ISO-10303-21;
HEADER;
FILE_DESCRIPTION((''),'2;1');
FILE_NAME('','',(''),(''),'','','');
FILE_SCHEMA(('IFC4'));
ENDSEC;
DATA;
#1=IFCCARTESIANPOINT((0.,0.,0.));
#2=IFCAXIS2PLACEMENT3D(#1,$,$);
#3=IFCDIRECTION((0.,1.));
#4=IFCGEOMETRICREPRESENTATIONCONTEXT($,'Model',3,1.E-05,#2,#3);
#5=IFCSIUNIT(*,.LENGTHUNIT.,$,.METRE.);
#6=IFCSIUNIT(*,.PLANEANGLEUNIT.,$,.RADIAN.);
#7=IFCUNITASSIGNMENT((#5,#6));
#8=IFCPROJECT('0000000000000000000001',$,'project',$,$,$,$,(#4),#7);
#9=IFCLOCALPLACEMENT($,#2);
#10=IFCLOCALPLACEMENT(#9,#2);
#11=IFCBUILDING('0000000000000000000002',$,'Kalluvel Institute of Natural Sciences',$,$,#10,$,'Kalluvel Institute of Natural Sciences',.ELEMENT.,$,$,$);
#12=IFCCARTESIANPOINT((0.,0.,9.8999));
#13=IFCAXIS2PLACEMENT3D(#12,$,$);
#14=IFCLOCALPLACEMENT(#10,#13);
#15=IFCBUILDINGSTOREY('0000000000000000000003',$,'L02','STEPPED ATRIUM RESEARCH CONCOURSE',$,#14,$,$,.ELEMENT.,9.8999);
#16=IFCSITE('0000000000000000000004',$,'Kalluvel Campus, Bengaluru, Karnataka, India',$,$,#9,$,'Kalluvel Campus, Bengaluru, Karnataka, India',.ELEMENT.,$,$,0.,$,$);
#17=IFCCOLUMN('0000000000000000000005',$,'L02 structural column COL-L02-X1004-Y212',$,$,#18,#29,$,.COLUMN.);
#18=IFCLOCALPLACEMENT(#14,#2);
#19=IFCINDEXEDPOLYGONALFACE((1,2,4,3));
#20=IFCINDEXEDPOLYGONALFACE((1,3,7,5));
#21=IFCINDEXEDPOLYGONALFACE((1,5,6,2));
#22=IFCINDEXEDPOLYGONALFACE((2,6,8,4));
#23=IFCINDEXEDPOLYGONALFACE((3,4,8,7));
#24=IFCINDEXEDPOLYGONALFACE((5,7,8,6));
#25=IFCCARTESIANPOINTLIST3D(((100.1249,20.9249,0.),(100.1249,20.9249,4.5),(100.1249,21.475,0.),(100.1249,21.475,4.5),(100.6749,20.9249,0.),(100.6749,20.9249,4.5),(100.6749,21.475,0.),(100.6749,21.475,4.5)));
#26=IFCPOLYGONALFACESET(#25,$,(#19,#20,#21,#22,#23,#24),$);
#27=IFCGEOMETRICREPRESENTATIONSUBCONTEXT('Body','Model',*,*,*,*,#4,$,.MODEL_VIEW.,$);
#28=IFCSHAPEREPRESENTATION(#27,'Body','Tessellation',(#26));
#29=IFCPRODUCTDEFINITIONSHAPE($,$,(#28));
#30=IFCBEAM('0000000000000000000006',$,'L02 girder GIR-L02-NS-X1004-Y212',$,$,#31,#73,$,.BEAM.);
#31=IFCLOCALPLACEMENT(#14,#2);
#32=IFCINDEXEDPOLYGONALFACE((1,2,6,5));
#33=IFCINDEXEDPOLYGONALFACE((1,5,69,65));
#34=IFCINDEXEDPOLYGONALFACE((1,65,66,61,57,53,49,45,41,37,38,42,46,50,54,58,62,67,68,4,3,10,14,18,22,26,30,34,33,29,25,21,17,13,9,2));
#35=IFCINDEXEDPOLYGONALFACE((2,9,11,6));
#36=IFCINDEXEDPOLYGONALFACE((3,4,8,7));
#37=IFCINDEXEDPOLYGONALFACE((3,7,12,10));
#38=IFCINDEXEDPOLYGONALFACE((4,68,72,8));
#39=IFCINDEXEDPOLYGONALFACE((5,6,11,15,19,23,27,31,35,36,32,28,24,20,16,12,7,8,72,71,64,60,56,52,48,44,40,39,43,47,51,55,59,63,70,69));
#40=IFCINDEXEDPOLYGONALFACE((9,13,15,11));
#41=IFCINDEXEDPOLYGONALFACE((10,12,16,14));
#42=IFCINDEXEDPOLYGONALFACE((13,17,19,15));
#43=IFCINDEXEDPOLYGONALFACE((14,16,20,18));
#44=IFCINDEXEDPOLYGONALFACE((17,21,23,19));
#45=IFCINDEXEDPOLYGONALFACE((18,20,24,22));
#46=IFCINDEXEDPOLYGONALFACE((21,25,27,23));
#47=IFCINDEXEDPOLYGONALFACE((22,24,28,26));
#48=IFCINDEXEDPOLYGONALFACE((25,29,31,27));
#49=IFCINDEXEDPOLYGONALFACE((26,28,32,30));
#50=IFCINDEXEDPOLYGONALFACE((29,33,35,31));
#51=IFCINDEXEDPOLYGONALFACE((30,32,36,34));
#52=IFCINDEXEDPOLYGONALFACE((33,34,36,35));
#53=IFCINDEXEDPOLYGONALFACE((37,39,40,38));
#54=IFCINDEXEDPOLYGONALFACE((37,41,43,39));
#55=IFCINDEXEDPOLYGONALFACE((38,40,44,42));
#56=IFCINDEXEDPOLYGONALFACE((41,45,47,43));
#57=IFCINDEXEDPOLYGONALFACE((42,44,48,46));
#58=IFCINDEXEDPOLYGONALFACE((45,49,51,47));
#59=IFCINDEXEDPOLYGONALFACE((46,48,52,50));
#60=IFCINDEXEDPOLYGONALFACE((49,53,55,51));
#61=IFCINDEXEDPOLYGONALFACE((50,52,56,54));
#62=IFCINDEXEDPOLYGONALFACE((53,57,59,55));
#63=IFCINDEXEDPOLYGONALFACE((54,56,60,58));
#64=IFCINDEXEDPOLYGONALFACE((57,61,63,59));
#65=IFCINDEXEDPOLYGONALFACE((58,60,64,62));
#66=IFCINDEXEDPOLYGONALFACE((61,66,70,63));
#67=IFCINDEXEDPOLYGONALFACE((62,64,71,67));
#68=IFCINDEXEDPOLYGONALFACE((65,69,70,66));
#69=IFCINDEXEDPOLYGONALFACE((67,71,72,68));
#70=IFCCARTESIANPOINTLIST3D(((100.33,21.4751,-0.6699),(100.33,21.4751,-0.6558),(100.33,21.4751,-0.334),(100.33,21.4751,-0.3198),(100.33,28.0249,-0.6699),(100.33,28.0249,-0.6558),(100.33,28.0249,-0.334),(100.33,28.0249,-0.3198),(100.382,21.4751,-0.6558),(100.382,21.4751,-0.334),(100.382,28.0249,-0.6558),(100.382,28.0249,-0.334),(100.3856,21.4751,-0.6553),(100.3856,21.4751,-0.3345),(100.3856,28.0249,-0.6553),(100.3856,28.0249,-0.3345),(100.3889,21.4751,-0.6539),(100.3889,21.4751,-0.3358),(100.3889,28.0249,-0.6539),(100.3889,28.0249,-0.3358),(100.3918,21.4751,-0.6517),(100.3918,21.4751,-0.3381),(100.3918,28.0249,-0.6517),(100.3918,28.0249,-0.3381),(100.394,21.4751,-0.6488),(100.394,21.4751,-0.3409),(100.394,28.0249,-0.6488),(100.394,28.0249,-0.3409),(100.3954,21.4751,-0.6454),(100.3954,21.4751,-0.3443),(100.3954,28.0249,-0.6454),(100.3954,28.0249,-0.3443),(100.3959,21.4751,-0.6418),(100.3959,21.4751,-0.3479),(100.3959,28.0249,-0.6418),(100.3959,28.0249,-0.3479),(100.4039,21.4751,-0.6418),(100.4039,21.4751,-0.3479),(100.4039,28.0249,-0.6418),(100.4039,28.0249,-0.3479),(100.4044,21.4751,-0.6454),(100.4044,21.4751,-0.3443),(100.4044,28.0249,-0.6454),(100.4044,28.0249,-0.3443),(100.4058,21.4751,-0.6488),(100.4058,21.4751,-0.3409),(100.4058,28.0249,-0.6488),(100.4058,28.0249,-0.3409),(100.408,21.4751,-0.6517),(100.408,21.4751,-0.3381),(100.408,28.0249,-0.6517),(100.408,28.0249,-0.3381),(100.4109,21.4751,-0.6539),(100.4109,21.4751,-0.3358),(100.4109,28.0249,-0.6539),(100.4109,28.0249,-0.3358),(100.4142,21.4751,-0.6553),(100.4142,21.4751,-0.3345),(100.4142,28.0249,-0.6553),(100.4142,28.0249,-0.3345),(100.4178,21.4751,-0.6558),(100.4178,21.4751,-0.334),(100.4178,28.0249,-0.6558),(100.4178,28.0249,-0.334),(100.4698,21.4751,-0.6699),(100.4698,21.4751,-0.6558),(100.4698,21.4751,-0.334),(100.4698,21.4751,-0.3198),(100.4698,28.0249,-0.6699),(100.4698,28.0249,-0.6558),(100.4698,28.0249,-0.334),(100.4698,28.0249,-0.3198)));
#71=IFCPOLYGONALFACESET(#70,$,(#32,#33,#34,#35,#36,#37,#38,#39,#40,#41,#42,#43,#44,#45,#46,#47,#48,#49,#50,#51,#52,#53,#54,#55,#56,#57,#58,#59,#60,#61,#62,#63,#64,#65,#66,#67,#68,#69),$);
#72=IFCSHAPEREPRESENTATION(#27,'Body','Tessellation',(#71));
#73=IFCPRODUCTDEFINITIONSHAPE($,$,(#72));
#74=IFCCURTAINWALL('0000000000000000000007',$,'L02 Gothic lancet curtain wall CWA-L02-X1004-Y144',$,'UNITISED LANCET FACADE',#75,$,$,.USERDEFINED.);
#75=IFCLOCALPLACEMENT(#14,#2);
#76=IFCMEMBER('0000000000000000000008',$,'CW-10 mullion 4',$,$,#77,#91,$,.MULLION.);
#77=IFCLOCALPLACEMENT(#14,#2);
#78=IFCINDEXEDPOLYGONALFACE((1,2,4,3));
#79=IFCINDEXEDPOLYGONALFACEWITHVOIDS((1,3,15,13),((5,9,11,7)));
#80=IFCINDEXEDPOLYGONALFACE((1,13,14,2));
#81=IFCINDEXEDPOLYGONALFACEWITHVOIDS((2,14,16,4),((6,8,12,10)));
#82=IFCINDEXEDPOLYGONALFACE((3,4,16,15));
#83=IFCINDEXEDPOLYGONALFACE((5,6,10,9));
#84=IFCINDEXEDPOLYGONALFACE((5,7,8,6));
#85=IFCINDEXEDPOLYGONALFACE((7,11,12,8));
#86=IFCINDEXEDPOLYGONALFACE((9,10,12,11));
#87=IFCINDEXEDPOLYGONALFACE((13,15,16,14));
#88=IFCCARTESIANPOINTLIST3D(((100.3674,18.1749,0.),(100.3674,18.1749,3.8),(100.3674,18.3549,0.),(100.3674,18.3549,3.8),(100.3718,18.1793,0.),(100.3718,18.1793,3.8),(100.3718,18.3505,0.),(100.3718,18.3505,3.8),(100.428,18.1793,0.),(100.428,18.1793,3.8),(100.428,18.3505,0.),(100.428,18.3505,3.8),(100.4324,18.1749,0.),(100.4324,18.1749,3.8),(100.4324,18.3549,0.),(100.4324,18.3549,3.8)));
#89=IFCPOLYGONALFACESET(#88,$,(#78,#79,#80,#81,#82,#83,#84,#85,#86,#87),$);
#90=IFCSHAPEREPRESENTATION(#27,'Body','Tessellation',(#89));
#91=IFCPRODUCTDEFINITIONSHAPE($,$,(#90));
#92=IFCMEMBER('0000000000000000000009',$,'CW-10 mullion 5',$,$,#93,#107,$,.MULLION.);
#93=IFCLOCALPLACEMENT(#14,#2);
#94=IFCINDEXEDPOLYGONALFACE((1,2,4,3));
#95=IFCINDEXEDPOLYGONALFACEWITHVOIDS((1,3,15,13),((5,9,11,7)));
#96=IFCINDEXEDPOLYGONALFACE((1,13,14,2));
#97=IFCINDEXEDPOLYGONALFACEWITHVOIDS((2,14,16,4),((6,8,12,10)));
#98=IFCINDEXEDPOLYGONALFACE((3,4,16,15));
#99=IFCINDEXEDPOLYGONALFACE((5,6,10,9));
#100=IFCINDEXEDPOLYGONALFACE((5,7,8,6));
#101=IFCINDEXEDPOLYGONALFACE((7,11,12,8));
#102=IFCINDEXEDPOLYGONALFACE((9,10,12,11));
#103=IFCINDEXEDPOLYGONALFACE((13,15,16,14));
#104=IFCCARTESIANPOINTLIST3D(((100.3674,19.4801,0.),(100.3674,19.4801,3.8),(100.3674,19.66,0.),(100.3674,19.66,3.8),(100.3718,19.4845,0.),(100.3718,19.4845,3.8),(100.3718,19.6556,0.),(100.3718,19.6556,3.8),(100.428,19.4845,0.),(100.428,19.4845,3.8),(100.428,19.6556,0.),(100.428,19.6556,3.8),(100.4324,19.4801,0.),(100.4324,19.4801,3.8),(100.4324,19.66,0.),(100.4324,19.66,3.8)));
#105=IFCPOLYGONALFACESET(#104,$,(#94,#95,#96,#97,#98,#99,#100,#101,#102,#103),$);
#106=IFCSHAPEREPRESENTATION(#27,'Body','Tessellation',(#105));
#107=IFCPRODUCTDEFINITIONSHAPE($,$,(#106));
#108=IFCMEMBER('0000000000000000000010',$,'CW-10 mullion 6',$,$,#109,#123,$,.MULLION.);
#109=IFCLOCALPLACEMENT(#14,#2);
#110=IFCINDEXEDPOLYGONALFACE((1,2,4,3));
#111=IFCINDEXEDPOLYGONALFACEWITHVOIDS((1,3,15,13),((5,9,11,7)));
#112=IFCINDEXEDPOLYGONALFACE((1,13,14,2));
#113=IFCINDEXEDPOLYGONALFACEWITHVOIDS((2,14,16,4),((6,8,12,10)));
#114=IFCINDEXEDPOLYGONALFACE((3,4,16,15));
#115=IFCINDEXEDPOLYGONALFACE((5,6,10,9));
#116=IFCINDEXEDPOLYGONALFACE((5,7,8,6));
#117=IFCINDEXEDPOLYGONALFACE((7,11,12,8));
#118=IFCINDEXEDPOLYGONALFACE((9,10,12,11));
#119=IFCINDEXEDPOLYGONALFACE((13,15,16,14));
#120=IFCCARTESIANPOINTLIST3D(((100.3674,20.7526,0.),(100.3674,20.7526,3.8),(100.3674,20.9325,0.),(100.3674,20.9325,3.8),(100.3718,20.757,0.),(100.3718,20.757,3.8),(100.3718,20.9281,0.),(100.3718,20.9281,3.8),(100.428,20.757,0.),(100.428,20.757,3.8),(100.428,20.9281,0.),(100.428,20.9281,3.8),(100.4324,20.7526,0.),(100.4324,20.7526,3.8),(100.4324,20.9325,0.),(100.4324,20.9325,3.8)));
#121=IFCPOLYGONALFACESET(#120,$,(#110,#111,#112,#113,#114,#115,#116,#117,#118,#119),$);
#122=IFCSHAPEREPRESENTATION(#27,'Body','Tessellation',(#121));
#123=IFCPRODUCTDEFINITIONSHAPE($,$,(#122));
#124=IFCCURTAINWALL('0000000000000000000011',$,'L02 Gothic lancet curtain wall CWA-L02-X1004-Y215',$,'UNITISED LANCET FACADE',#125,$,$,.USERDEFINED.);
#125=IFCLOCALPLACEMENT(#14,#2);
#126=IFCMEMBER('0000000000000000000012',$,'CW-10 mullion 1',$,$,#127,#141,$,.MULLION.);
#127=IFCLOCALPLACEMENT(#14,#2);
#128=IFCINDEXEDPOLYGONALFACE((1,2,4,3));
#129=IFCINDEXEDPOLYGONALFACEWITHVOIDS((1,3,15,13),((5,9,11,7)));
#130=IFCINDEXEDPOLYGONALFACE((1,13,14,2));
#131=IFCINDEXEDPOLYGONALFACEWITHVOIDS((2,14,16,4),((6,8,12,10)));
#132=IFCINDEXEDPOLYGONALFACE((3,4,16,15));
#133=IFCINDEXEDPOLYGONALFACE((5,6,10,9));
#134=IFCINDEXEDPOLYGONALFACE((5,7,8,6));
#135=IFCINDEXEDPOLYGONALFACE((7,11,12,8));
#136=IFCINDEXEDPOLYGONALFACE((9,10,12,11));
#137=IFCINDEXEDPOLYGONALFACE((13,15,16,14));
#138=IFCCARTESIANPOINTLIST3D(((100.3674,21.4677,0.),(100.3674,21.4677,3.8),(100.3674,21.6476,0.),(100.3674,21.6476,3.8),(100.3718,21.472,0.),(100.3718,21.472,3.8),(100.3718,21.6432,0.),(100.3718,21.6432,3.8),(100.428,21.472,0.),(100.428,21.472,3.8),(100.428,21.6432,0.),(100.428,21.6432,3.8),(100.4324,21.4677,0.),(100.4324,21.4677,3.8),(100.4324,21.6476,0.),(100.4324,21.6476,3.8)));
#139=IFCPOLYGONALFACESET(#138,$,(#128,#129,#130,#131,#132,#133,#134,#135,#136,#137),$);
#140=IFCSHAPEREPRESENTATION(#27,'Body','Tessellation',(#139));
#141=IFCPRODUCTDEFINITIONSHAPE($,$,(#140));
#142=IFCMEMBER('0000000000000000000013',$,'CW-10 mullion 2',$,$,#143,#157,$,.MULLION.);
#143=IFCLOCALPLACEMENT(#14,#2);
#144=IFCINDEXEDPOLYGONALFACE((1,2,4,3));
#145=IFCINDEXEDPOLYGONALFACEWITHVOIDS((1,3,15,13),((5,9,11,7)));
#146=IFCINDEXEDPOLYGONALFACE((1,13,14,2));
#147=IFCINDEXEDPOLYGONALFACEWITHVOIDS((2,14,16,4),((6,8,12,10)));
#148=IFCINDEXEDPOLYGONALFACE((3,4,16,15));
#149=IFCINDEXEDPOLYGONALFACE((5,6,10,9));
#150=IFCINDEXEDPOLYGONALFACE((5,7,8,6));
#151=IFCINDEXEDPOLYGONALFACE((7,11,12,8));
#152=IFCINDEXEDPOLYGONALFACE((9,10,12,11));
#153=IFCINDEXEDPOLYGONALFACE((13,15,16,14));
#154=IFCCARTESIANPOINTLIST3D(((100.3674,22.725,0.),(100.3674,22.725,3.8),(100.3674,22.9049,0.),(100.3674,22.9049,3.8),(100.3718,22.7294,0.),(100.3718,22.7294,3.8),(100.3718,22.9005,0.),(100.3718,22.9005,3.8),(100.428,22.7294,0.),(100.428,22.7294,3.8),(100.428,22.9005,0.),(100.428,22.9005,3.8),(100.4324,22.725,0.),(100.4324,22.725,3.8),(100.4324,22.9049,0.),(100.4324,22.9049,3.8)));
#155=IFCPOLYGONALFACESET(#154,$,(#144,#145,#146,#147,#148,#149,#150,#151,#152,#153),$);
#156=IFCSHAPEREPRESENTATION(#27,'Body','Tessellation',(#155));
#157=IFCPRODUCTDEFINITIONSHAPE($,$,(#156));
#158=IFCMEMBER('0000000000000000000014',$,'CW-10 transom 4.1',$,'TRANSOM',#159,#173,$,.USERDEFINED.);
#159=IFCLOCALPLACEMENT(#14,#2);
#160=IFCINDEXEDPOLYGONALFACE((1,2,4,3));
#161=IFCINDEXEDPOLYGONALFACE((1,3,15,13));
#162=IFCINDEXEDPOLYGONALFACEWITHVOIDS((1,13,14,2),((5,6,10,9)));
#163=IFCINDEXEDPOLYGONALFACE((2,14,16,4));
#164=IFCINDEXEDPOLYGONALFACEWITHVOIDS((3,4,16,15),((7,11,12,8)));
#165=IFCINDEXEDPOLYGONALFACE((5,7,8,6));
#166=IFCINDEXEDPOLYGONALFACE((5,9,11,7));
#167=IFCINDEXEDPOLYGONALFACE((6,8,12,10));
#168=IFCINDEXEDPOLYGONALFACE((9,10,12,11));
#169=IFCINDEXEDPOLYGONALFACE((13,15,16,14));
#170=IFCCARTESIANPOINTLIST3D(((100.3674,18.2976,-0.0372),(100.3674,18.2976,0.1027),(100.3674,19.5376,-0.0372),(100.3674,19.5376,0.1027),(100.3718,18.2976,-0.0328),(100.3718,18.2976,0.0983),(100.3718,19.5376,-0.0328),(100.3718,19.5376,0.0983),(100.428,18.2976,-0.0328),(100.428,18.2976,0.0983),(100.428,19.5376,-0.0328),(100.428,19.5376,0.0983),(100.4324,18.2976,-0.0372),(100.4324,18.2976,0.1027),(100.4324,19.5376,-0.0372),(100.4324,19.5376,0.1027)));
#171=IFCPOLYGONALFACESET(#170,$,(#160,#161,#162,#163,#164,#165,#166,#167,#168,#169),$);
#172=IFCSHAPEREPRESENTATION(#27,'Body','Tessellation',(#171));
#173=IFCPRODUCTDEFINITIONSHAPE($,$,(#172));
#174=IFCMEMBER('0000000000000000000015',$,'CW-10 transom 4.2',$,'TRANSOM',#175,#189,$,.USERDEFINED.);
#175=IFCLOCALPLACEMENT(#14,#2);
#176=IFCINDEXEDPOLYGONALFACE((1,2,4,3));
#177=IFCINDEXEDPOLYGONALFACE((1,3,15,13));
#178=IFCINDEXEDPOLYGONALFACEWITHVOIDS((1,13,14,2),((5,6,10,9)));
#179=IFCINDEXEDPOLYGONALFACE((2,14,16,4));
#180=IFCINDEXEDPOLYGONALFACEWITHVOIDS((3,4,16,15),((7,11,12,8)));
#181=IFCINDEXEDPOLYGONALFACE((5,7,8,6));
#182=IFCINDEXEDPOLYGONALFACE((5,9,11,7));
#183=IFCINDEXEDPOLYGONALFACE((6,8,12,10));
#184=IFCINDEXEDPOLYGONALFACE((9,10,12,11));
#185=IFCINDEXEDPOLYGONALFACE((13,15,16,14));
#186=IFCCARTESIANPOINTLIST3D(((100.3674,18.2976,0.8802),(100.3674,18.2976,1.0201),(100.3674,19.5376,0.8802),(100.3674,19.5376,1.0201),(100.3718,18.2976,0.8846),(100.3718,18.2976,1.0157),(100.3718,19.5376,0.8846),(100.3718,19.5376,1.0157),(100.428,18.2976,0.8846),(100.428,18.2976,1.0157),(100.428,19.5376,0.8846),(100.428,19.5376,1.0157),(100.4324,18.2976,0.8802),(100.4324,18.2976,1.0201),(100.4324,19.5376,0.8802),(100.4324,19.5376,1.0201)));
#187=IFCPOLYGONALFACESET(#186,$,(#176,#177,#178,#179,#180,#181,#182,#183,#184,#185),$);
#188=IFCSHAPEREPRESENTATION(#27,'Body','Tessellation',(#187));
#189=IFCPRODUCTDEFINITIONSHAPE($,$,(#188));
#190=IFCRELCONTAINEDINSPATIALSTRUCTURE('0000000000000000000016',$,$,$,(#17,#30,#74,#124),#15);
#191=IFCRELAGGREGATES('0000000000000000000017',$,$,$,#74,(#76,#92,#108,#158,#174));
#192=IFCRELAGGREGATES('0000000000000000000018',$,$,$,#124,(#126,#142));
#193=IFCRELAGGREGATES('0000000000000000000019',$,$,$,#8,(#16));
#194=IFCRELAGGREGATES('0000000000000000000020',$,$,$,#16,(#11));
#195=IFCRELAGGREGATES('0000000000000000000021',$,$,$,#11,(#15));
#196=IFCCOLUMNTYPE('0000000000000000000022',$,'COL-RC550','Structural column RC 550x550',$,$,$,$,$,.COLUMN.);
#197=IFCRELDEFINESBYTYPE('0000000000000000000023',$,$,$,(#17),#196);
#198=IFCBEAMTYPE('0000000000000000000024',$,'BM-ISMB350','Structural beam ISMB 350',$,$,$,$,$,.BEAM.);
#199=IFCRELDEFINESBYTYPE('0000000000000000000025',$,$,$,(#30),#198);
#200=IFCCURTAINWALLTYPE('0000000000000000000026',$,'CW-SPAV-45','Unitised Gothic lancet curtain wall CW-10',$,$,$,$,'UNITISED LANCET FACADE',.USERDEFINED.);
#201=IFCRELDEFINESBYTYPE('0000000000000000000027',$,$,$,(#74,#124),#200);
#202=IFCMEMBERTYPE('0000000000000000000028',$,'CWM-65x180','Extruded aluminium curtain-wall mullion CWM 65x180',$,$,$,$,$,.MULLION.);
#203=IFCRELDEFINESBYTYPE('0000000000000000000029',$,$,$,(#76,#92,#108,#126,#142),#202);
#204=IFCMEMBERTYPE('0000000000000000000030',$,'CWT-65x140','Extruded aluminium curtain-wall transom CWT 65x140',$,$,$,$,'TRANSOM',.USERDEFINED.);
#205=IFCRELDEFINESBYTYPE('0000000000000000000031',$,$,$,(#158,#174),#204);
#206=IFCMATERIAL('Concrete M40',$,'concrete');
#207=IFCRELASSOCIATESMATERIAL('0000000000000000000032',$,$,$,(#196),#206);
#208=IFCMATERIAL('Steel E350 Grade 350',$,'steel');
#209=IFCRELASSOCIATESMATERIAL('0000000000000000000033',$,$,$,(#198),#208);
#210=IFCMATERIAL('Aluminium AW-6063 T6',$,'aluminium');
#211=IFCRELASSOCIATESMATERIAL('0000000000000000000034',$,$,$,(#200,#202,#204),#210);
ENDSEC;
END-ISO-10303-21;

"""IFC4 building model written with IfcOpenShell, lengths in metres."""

from ifc_helpers import new_model, si_unit, direction, frame, origin, origin_2d, place, context, subcontext, project, spatial, rectangle, hollow_rectangle, i_section, extrude, material, material_profile, profile_set, type_object, element, aggregate, save


model = new_model("IFC4")

# Units and contexts
model_context = context("Model", 3, precision=1e-05, world=origin(), true_north=direction((0.0, 1.0)))
body_context = subcontext(model_context, "Body", "Model", "MODEL_VIEW")
ifc_project = project(units=[si_unit("LENGTHUNIT", "METRE"), si_unit("PLANEANGLEUNIT", "RADIAN")], contexts=[model_context])

# Site, building, storey
site_placement = place(None, origin())
site = spatial("IfcSite", under=ifc_project, at=site_placement, Name="Kalluvel Campus, Bengaluru, Karnataka, India", LongName="Kalluvel Campus, Bengaluru, Karnataka, India", CompositionType="ELEMENT", RefElevation=0.0)
building_placement = place(site_placement, origin())
building = spatial("IfcBuilding", under=site, at=building_placement, Name="Kalluvel Institute of Natural Sciences", LongName="Kalluvel Institute of Natural Sciences", CompositionType="ELEMENT")
storey_placement = place(building_placement, frame((0.0, 0.0, 9.8999)))
storey = spatial("IfcBuildingStorey", under=building, at=storey_placement, Name="L02", Description="STEPPED ATRIUM RESEARCH CONCOURSE", CompositionType="ELEMENT", Elevation=9.8999)

# Column
ifc_material_1 = material(Name="Concrete M40", Category="concrete")
ifc_material_profile_1 = material_profile(ifc_material_1, rectangle(XDim=0.55, YDim=0.55, at=origin_2d()), Name="RC 550x550")
ifc_profile_set_1 = profile_set([ifc_material_profile_1], Name="Concrete M40")
column_type = type_object("IfcColumnType", Name="COL-RC550", Description="Structural column RC 550x550", PredefinedType="COLUMN", material=ifc_profile_set_1)
column_placement = place(storey_placement, frame((100.3999, 21.2, 0.0), z_axis=(0.0, 0.0, 1.0), x_axis=(1.0, 0.0, 0.0)))
element("IfcColumn", 1, at=column_placement, inside=storey, type_object=column_type, Name="L02 structural column COL-L02-X1004-Y212", PredefinedType="COLUMN", context=body_context, shape_type="SweptSolid", body=[
    extrude(rectangle(XDim=0.55, YDim=0.55, at=origin_2d()), origin(), (0.0, 0.0, 1.0), 4.5),
])

# Beam
ifc_material_2 = material(Name="Steel E350 Grade 350", Category="steel")
ifc_material_profile_2 = material_profile(ifc_material_2, i_section(OverallWidth=0.1399, OverallDepth=0.3501, WebThickness=0.0081, FlangeThickness=0.0142, FilletRadius=0.0139, at=origin_2d()), Name="ISMB 350")
ifc_profile_set_2 = profile_set([ifc_material_profile_2], Name="Steel E350 Grade 350")
beam_type = type_object("IfcBeamType", Name="BM-ISMB350", Description="Structural beam ISMB 350", PredefinedType="BEAM", material=ifc_profile_set_2)
beam_placement = place(storey_placement, frame((100.3999, 21.4751, -0.4949), z_axis=(0.0, 1.0, 0.0), x_axis=(-1.0, 0.0, 0.0)))
element("IfcBeam", 2, at=beam_placement, inside=storey, type_object=beam_type, Name="L02 girder GIR-L02-NS-X1004-Y212", PredefinedType="BEAM", context=body_context, shape_type="SweptSolid", body=[
    extrude(i_section(OverallWidth=0.1399, OverallDepth=0.3501, WebThickness=0.0081, FlangeThickness=0.0142, FilletRadius=0.0139, at=origin_2d()), origin(), (0.0, 0.0, 1.0), 6.5498),
])

# Curtain walls, members
ifc_material_3 = material(Name="Aluminium AW-6063 T6", Category="aluminium")
curtain_wall_type = type_object("IfcCurtainWallType", Name="CW-SPAV-45", Description="Unitised Gothic lancet curtain wall CW-10", ElementType="UNITISED LANCET FACADE", PredefinedType="USERDEFINED", material=ifc_material_3)
curtain_wall_1_placement = place(storey_placement, origin())
curtain_wall_1 = element("IfcCurtainWall", 3, at=curtain_wall_1_placement, inside=storey, type_object=curtain_wall_type, Name="L02 Gothic lancet curtain wall CWA-L02-X1004-Y144", ObjectType="UNITISED LANCET FACADE", PredefinedType="USERDEFINED")
ifc_material_profile_3 = material_profile(ifc_material_3, hollow_rectangle(XDim=0.0649, YDim=0.1799, WallThickness=0.0044, at=origin_2d()), Name="CWM 65x180")
ifc_profile_set_3 = profile_set([ifc_material_profile_3], Name="Aluminium AW-6063 T6")
member_type_1 = type_object("IfcMemberType", Name="CWM-65x180", Description="Extruded aluminium curtain-wall mullion CWM 65x180", PredefinedType="MULLION", material=ifc_profile_set_3)
member_1_placement = place(storey_placement, frame((100.3999, 18.2649, 0.0), z_axis=(0.0, 0.0, 1.0), x_axis=(-1.0, 0.0, 0.0)))
member_1 = element("IfcMember", 4, at=member_1_placement, type_object=member_type_1, Name="CW-10 mullion 4", PredefinedType="MULLION", context=body_context, shape_type="SweptSolid", body=[
    extrude(hollow_rectangle(XDim=0.0649, YDim=0.1799, WallThickness=0.0044, at=origin_2d()), origin(), (0.0, 0.0, 1.0), 3.8),
])
member_2_placement = place(storey_placement, frame((100.3999, 19.5701, 0.0), z_axis=(0.0, 0.0, 1.0), x_axis=(-1.0, 0.0, 0.0)))
member_2 = element("IfcMember", 5, at=member_2_placement, type_object=member_type_1, Name="CW-10 mullion 5", PredefinedType="MULLION", context=body_context, shape_type="SweptSolid", body=[
    extrude(hollow_rectangle(XDim=0.0649, YDim=0.1799, WallThickness=0.0044, at=origin_2d()), origin(), (0.0, 0.0, 1.0), 3.8),
])
member_3_placement = place(storey_placement, frame((100.3999, 20.8425, 0.0), z_axis=(0.0, 0.0, 1.0), x_axis=(-1.0, 0.0, 0.0)))
member_3 = element("IfcMember", 6, at=member_3_placement, type_object=member_type_1, Name="CW-10 mullion 6", PredefinedType="MULLION", context=body_context, shape_type="SweptSolid", body=[
    extrude(hollow_rectangle(XDim=0.0649, YDim=0.1799, WallThickness=0.0044, at=origin_2d()), origin(), (0.0, 0.0, 1.0), 3.8),
])
curtain_wall_2_placement = place(storey_placement, origin())
curtain_wall_2 = element("IfcCurtainWall", 7, at=curtain_wall_2_placement, inside=storey, type_object=curtain_wall_type, Name="L02 Gothic lancet curtain wall CWA-L02-X1004-Y215", ObjectType="UNITISED LANCET FACADE", PredefinedType="USERDEFINED")
member_4_placement = place(storey_placement, frame((100.3999, 21.5576, 0.0), z_axis=(0.0, 0.0, 1.0), x_axis=(-1.0, 0.0, 0.0)))
member_4 = element("IfcMember", 8, at=member_4_placement, type_object=member_type_1, Name="CW-10 mullion 1", PredefinedType="MULLION", context=body_context, shape_type="SweptSolid", body=[
    extrude(hollow_rectangle(XDim=0.0649, YDim=0.1799, WallThickness=0.0044, at=origin_2d()), origin(), (0.0, 0.0, 1.0), 3.8),
])
member_5_placement = place(storey_placement, frame((100.3999, 22.8149, 0.0), z_axis=(0.0, 0.0, 1.0), x_axis=(-1.0, 0.0, 0.0)))
member_5 = element("IfcMember", 9, at=member_5_placement, type_object=member_type_1, Name="CW-10 mullion 2", PredefinedType="MULLION", context=body_context, shape_type="SweptSolid", body=[
    extrude(hollow_rectangle(XDim=0.0649, YDim=0.1799, WallThickness=0.0044, at=origin_2d()), origin(), (0.0, 0.0, 1.0), 3.8),
])

# Members
ifc_material_profile_4 = material_profile(ifc_material_3, hollow_rectangle(XDim=0.0649, YDim=0.1399, WallThickness=0.0044, at=origin_2d()), Name="CWT 65x140")
ifc_profile_set_4 = profile_set([ifc_material_profile_4], Name="Aluminium AW-6063 T6")
member_type_2 = type_object("IfcMemberType", Name="CWT-65x140", Description="Extruded aluminium curtain-wall transom CWT 65x140", ElementType="TRANSOM", PredefinedType="USERDEFINED", material=ifc_profile_set_4)
member_6_placement = place(storey_placement, frame((100.3999, 18.2976, 0.0327), z_axis=(0.0, 1.0, 0.0), x_axis=(-1.0, 0.0, 0.0)))
member_6 = element("IfcMember", 10, at=member_6_placement, type_object=member_type_2, Name="CW-10 transom 4.1", ObjectType="TRANSOM", PredefinedType="USERDEFINED", context=body_context, shape_type="SweptSolid", body=[
    extrude(hollow_rectangle(XDim=0.0649, YDim=0.1399, WallThickness=0.0044, at=origin_2d()), origin(), (0.0, 0.0, 1.0), 1.24),
])
member_7_placement = place(storey_placement, frame((100.3999, 18.2976, 0.9502), z_axis=(0.0, 1.0, 0.0), x_axis=(-1.0, 0.0, 0.0)))
member_7 = element("IfcMember", 11, at=member_7_placement, type_object=member_type_2, Name="CW-10 transom 4.2", ObjectType="TRANSOM", PredefinedType="USERDEFINED", context=body_context, shape_type="SweptSolid", body=[
    extrude(hollow_rectangle(XDim=0.0649, YDim=0.1399, WallThickness=0.0044, at=origin_2d()), origin(), (0.0, 0.0, 1.0), 1.24),
])

aggregate(curtain_wall_1, [member_1, member_2, member_3, member_6, member_7])
aggregate(curtain_wall_2, [member_4, member_5])

save(model, "model.ifc")
